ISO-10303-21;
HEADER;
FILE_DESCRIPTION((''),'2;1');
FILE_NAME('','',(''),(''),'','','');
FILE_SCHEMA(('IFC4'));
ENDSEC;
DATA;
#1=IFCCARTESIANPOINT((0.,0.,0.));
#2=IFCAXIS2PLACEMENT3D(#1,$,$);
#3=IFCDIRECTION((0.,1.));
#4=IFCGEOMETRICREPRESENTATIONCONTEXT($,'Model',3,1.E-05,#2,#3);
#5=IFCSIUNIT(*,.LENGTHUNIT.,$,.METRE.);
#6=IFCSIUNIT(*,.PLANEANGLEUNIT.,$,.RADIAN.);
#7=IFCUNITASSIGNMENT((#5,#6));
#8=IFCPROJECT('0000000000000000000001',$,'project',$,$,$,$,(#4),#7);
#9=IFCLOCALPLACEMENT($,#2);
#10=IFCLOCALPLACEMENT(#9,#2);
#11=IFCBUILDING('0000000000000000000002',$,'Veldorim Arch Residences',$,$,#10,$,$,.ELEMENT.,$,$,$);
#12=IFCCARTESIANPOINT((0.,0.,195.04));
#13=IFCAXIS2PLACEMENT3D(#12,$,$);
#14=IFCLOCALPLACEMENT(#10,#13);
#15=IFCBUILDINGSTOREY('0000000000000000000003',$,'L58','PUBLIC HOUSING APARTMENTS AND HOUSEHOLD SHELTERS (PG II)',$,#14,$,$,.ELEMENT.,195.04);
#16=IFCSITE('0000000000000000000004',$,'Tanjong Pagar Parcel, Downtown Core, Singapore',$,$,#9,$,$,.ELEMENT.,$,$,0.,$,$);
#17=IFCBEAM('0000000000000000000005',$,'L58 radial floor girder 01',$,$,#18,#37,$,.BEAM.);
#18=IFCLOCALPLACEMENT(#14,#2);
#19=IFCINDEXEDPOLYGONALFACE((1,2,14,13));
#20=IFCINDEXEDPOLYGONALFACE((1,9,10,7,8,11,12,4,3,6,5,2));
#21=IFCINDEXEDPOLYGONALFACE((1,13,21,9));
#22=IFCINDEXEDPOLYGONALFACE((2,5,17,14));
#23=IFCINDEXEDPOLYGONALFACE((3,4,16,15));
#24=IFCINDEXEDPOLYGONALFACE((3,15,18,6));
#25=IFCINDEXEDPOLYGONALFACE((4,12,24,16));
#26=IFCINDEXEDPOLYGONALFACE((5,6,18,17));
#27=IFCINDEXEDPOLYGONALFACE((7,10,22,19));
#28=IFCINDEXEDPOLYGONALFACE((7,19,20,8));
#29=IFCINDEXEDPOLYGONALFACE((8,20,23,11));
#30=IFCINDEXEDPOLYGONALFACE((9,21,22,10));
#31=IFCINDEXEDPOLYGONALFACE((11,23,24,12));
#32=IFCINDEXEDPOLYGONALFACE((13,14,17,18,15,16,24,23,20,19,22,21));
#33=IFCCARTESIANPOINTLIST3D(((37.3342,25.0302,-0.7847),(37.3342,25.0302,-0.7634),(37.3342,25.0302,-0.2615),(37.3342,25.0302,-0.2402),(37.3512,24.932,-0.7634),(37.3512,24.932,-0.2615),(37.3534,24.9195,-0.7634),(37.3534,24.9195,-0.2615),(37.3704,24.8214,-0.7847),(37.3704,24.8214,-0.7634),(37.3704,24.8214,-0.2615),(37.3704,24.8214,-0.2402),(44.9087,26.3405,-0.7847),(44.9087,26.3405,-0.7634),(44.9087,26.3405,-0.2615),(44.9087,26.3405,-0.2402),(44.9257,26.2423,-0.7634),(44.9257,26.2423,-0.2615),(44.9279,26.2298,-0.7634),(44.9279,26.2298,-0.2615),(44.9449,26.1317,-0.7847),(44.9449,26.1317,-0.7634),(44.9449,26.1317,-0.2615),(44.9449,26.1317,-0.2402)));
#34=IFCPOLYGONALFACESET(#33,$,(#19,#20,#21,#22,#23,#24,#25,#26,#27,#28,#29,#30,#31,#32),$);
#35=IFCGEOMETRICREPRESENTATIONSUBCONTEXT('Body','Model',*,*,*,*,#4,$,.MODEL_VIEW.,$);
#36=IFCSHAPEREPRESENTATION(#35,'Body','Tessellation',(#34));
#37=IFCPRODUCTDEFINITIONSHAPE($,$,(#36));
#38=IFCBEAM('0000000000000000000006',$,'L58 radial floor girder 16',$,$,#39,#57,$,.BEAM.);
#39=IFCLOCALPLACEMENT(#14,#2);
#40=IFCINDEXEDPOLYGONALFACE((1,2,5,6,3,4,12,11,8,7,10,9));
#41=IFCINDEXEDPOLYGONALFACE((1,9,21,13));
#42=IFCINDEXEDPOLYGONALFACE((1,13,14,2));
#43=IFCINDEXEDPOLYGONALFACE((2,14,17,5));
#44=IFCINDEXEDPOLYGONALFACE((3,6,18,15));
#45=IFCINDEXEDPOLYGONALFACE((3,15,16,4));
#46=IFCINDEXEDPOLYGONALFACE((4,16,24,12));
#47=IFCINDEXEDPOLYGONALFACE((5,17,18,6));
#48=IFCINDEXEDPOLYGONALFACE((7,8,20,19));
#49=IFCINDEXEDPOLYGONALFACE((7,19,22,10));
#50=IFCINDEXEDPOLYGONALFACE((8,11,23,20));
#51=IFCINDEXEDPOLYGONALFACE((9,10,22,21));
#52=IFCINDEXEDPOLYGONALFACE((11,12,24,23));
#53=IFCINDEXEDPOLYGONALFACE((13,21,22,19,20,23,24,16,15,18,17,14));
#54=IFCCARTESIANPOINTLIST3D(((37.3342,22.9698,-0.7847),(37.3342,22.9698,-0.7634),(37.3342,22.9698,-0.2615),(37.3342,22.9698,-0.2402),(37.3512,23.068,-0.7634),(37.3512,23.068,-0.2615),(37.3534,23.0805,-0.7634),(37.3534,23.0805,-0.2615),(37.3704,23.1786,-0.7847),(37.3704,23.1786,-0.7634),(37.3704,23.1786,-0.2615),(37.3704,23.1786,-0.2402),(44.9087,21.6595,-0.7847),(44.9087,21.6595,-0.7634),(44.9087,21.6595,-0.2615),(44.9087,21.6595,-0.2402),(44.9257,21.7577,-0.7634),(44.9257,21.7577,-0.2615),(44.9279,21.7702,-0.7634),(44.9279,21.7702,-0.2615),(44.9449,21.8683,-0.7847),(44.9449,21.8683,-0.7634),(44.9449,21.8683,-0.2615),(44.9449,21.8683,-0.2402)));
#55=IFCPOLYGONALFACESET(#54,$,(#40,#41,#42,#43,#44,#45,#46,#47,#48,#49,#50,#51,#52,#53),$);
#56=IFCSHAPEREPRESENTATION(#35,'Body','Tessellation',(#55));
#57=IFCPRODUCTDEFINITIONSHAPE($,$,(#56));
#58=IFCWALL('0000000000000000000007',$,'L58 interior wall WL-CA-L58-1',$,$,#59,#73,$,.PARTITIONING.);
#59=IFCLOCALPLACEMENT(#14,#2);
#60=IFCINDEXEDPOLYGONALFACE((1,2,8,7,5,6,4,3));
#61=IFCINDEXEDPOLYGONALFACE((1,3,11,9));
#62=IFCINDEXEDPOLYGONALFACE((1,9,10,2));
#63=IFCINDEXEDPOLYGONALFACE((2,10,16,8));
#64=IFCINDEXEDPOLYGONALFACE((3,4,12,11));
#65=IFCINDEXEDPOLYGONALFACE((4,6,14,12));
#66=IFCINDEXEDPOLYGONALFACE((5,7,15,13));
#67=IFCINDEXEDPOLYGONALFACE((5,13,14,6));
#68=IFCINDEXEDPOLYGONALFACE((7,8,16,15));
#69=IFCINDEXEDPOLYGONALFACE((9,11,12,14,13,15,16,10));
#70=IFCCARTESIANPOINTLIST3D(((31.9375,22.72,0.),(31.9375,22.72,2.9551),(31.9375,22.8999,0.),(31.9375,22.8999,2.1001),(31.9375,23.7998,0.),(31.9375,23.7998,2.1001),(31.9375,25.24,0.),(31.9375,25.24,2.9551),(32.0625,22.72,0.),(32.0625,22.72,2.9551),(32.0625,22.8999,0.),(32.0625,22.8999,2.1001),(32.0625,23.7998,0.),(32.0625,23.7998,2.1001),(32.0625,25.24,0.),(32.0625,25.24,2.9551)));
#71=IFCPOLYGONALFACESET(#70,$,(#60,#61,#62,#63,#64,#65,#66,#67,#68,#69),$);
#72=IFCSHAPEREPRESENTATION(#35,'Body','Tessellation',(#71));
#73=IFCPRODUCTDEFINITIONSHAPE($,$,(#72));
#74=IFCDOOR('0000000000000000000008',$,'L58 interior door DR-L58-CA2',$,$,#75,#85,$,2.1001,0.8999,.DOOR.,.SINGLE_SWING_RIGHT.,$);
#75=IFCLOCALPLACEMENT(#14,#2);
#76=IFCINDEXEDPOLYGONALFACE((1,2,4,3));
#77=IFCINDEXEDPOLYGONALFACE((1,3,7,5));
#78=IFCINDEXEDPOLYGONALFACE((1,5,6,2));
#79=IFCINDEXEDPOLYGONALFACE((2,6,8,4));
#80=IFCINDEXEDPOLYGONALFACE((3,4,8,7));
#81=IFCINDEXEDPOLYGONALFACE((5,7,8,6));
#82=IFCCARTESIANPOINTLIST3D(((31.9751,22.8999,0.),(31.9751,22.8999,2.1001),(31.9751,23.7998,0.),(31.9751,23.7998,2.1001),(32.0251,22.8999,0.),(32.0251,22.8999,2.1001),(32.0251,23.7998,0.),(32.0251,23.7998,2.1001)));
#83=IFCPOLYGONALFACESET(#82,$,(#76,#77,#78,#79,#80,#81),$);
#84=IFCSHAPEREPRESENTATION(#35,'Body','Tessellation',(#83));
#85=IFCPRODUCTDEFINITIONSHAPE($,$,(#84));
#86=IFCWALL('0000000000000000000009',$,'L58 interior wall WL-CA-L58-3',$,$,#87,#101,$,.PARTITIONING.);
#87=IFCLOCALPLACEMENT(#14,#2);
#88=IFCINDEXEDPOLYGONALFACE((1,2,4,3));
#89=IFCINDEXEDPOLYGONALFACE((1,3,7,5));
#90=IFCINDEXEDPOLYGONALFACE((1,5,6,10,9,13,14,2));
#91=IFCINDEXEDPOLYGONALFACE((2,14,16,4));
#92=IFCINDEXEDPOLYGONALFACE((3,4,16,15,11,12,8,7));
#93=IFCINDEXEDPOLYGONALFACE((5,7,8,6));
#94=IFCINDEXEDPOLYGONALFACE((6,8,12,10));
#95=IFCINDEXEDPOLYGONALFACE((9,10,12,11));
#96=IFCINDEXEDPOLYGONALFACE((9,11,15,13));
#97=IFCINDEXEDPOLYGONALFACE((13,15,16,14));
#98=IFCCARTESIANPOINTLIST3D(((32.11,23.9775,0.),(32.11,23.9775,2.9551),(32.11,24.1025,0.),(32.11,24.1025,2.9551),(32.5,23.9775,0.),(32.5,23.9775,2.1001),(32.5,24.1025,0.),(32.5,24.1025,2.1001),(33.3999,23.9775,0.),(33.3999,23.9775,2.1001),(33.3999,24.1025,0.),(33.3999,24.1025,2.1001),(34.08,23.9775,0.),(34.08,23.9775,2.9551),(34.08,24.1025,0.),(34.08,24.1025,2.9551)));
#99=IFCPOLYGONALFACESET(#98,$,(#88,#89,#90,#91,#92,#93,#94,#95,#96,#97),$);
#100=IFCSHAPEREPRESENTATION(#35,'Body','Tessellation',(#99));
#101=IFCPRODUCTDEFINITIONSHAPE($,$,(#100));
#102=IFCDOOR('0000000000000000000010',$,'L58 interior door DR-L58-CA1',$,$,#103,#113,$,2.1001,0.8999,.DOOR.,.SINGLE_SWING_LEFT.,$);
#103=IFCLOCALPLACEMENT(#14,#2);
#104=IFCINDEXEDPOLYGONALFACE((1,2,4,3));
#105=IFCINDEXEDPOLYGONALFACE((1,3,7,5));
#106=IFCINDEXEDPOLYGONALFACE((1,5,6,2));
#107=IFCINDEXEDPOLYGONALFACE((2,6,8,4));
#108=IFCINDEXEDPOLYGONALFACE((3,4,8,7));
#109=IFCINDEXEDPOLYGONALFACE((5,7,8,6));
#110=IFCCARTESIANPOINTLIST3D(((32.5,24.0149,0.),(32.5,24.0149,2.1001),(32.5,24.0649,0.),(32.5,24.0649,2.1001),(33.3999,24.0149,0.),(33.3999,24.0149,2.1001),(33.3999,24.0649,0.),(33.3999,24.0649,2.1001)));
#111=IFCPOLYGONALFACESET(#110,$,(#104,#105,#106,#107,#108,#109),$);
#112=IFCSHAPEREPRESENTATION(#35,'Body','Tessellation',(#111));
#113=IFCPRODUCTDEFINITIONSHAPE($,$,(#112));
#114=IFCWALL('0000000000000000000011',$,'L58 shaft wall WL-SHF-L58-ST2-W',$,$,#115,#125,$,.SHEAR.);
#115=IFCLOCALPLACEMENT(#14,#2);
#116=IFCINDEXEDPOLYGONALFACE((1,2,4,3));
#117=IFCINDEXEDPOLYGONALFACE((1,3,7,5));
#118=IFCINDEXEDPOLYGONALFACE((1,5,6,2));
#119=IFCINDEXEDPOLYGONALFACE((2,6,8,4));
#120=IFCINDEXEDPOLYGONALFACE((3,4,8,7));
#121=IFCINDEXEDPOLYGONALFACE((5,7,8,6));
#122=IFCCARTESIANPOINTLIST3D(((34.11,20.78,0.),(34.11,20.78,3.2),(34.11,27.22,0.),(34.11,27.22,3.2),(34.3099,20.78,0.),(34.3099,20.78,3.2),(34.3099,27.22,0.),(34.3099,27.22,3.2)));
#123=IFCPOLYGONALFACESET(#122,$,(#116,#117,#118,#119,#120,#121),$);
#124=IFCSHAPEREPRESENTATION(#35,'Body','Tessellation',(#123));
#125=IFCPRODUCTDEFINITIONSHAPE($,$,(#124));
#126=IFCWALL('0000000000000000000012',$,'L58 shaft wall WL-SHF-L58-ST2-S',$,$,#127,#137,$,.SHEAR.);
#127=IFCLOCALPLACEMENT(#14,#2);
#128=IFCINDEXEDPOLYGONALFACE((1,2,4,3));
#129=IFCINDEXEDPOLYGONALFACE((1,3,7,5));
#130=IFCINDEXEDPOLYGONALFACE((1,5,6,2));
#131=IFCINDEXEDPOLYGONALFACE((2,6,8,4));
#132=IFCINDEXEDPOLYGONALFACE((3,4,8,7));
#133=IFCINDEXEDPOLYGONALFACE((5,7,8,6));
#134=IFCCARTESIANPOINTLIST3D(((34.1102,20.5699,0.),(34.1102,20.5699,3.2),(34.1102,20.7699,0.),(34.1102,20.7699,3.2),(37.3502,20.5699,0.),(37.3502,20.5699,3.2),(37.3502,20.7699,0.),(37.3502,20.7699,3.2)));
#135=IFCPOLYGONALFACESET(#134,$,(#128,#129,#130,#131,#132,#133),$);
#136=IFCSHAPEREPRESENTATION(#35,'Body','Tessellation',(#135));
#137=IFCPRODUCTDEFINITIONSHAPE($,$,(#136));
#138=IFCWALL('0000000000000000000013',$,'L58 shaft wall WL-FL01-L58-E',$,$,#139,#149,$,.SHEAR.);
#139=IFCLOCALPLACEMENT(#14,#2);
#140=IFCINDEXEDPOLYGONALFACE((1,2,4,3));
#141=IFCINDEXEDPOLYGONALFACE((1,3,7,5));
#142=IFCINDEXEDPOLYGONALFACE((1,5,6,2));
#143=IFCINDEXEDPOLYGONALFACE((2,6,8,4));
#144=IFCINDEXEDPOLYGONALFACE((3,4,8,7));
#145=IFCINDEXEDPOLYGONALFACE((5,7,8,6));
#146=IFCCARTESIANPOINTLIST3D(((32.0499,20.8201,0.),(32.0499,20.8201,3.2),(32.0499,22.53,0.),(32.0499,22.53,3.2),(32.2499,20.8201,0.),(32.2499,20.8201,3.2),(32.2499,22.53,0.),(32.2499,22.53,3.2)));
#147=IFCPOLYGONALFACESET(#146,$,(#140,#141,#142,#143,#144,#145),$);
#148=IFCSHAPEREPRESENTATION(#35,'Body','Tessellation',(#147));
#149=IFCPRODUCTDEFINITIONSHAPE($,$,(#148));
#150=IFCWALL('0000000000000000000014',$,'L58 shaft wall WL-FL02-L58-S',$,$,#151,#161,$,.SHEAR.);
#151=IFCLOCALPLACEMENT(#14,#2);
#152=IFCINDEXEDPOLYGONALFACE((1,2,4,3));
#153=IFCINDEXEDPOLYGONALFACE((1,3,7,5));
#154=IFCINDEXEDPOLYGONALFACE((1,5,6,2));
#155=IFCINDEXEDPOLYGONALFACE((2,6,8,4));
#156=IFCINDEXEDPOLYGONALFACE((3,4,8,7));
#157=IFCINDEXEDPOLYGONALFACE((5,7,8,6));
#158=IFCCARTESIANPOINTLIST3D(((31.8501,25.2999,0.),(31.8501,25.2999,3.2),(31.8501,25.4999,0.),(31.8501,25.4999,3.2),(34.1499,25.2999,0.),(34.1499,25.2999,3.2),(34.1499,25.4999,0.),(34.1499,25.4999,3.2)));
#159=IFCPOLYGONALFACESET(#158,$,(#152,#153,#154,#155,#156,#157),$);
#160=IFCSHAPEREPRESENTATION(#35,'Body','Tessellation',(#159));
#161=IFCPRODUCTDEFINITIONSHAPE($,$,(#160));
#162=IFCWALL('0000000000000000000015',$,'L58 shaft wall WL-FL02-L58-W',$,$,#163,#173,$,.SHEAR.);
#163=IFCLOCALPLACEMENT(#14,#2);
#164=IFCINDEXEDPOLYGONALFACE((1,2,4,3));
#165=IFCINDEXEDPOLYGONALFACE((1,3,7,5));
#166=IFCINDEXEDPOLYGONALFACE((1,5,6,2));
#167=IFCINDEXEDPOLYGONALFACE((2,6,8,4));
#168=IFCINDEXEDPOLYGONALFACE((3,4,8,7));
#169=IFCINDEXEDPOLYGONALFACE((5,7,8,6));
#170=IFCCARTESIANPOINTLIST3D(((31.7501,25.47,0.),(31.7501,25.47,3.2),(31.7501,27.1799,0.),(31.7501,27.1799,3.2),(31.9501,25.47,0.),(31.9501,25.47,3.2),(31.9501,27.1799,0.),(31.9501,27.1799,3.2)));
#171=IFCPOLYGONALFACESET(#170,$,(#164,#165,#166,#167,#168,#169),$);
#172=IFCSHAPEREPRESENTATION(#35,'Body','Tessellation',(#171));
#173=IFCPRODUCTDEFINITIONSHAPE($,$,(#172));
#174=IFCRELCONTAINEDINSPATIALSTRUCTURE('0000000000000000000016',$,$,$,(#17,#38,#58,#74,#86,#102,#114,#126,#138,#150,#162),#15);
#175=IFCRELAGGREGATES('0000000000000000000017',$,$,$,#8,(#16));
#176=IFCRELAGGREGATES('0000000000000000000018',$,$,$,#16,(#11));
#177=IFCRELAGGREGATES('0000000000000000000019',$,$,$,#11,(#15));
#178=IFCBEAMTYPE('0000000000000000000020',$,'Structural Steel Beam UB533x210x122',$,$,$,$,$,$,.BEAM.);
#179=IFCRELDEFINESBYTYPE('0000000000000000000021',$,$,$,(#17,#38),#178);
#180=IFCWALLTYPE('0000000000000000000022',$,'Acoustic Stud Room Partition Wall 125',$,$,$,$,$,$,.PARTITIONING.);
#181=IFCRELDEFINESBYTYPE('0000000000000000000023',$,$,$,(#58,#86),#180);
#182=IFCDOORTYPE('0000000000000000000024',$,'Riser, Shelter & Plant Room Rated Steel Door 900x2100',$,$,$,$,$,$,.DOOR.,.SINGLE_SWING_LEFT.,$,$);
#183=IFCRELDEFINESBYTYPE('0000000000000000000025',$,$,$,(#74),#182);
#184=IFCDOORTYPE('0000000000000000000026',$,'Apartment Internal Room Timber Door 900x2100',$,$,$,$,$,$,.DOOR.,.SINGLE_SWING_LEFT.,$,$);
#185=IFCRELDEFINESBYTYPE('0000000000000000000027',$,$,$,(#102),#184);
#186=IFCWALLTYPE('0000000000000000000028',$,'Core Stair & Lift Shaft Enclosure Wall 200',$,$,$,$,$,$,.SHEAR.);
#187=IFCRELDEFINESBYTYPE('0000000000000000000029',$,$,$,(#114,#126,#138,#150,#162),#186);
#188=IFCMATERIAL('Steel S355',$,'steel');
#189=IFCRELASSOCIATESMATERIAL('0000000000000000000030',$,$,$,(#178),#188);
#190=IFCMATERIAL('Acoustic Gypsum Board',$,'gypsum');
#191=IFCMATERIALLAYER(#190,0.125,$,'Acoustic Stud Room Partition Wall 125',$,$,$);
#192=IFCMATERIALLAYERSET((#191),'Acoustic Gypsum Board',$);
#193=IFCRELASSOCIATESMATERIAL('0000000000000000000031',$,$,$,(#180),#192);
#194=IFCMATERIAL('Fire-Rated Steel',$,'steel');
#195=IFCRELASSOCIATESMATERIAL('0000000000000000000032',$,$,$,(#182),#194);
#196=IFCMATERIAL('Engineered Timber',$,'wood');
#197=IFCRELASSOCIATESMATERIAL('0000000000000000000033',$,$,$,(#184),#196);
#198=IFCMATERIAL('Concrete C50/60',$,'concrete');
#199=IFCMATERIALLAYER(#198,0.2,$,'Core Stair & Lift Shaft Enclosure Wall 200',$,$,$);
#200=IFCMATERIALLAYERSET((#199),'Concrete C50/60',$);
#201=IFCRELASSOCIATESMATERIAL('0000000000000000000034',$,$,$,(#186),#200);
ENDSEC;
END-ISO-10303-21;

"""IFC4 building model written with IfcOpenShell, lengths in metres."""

from ifc_helpers import new_model, si_unit, direction, frame, frame_2d, origin, origin_2d, place, context, subcontext, project, spatial, rectangle, i_section, extrude, material, layer, layer_set, material_profile, profile_set, type_object, element, fill, save


model = new_model("IFC4")

# Units and contexts
model_context = context("Model", 3, precision=1e-05, world=origin(), true_north=direction((0.0, 1.0)))
body_context = subcontext(model_context, "Body", "Model", "MODEL_VIEW")
ifc_project = project(units=[si_unit("LENGTHUNIT", "METRE"), si_unit("PLANEANGLEUNIT", "RADIAN")], contexts=[model_context])

# Site, building, storey
site_placement = place(None, origin())
site = spatial("IfcSite", under=ifc_project, at=site_placement, Name="Tanjong Pagar Parcel, Downtown Core, Singapore", CompositionType="ELEMENT", RefElevation=0.0)
building_placement = place(site_placement, origin())
building = spatial("IfcBuilding", under=site, at=building_placement, Name="Veldorim Arch Residences", CompositionType="ELEMENT")
storey_placement = place(building_placement, frame((0.0, 0.0, 195.04)))
storey = spatial("IfcBuildingStorey", under=building, at=storey_placement, Name="L58", Description="PUBLIC HOUSING APARTMENTS AND HOUSEHOLD SHELTERS (PG II)", CompositionType="ELEMENT", Elevation=195.04)

# Beams
ifc_material_1 = material(Name="Steel S355", Category="steel")
ifc_material_profile = material_profile(ifc_material_1, i_section(OverallWidth=0.2119, OverallDepth=0.5444, WebThickness=0.0127, FlangeThickness=0.0212, at=origin_2d()), Name="UB533x210x122")
ifc_profile_set = profile_set([ifc_material_profile], Name="Steel S355")
beam_type = type_object("IfcBeamType", Name="Structural Steel Beam UB533x210x122", PredefinedType="BEAM", material=ifc_profile_set)
for number, where, z_axis, x_axis, name in (
    (1, (37.3523, 24.9258, -0.5125), (0.985365, 0.170458, 0.0), (-0.170458, 0.985365, 0.0), "L58 radial floor girder 01"),
    (2, (37.3523, 23.0742, -0.5125), (0.985365, -0.170458, 0.0), (0.170458, 0.985365, 0.0), "L58 radial floor girder 16"),
):
    element("IfcBeam", number, at=place(storey_placement, frame(where, z_axis=z_axis, x_axis=x_axis)), inside=storey, type_object=beam_type, Name=name, PredefinedType="BEAM", context=body_context, shape_type="SweptSolid", body=[
        extrude(i_section(OverallWidth=0.2119, OverallDepth=0.5444, WebThickness=0.0127, FlangeThickness=0.0212, at=origin_2d()), origin(), (0.0, 0.0, 1.0), 7.687),
    ])

# Walls, openings, doors
ifc_material_2 = material(Name="Acoustic Gypsum Board", Category="gypsum")
ifc_layer_1 = layer(ifc_material_2, 0.125, Name="Acoustic Stud Room Partition Wall 125")
ifc_layer_set_1 = layer_set([ifc_layer_1], Name="Acoustic Gypsum Board")
wall_type_1 = type_object("IfcWallType", Name="Acoustic Stud Room Partition Wall 125", PredefinedType="PARTITIONING", material=ifc_layer_set_1)
wall_1_placement = place(storey_placement, frame((32.0, 22.72, 0.0), z_axis=(0.0, 0.0, 1.0), x_axis=(0.0, 1.0, 0.0)))
wall_1 = element("IfcWall", 3, at=wall_1_placement, inside=storey, type_object=wall_type_1, Name="L58 interior wall WL-CA-L58-1", PredefinedType="PARTITIONING", context=body_context, shape_type="SweptSolid", body=[
    extrude(rectangle(XDim=2.52, YDim=0.125, at=frame_2d((1.26, 0.0))), origin(), (0.0, 0.0, 1.0), 2.9551),
])
opening_1_placement = place(wall_1_placement, frame((0.1799, 0.0, 0.0)))
opening_1 = element("IfcOpeningElement", 4, at=opening_1_placement, cuts=wall_1, PredefinedType="OPENING", context=body_context, shape_type="SweptSolid", body=[
    extrude(rectangle(XDim=0.8999, YDim=2.1001, at=frame_2d((0.45, 1.05))), frame((0.0, 0.0725, 0.0), z_axis=(0.0, -1.0, 0.0), x_axis=(1.0, 0.0, 0.0)), (0.0, 0.0, 1.0), 0.145),
])
ifc_material_3 = material(Name="Fire-Rated Steel", Category="steel")
door_type_1 = type_object("IfcDoorType", Name="Riser, Shelter & Plant Room Rated Steel Door 900x2100", OperationType="SINGLE_SWING_LEFT", PredefinedType="DOOR", material=ifc_material_3)
door_1_placement = place(opening_1_placement, origin())
door_1 = element("IfcDoor", 5, at=door_1_placement, inside=storey, type_object=door_type_1, Name="L58 interior door DR-L58-CA2", OperationType="SINGLE_SWING_RIGHT", OverallHeight=2.1001, OverallWidth=0.8999, PredefinedType="DOOR", context=body_context, shape_type="SweptSolid", body=[
    extrude(rectangle(XDim=0.8999, YDim=2.1001, at=frame_2d((0.45, 1.05))), frame((0.0, 0.0249, 0.0), z_axis=(0.0, -1.0, 0.0), x_axis=(1.0, 0.0, 0.0)), (0.0, 0.0, 1.0), 0.05),
])
fill(opening_1, door_1)
wall_2_placement = place(storey_placement, frame((32.1101, 24.04, 0.0), z_axis=(0.0, 0.0, 1.0), x_axis=(1.0, 0.0, 0.0)))
wall_2 = element("IfcWall", 6, at=wall_2_placement, inside=storey, type_object=wall_type_1, Name="L58 interior wall WL-CA-L58-3", PredefinedType="PARTITIONING", context=body_context, shape_type="SweptSolid", body=[
    extrude(rectangle(XDim=1.97, YDim=0.125, at=frame_2d((0.9849, 0.0))), origin(), (0.0, 0.0, 1.0), 2.9551),
])
opening_2_placement = place(wall_2_placement, frame((0.3899, 0.0, 0.0)))
opening_2 = element("IfcOpeningElement", 7, at=opening_2_placement, cuts=wall_2, PredefinedType="OPENING", context=body_context, shape_type="SweptSolid", body=[
    extrude(rectangle(XDim=0.8999, YDim=2.1001, at=frame_2d((0.45, 1.05))), frame((0.0, 0.0725, 0.0), z_axis=(0.0, -1.0, 0.0), x_axis=(1.0, 0.0, 0.0)), (0.0, 0.0, 1.0), 0.145),
])
ifc_material_4 = material(Name="Engineered Timber", Category="wood")
door_type_2 = type_object("IfcDoorType", Name="Apartment Internal Room Timber Door 900x2100", OperationType="SINGLE_SWING_LEFT", PredefinedType="DOOR", material=ifc_material_4)
door_2_placement = place(opening_2_placement, origin())
door_2 = element("IfcDoor", 8, at=door_2_placement, inside=storey, type_object=door_type_2, Name="L58 interior door DR-L58-CA1", OperationType="SINGLE_SWING_LEFT", OverallHeight=2.1001, OverallWidth=0.8999, PredefinedType="DOOR", context=body_context, shape_type="SweptSolid", body=[
    extrude(rectangle(XDim=0.8999, YDim=2.1001, at=frame_2d((0.45, 1.05))), frame((0.0, 0.0249, 0.0), z_axis=(0.0, -1.0, 0.0), x_axis=(1.0, 0.0, 0.0)), (0.0, 0.0, 1.0), 0.05),
])
fill(opening_2, door_2)

# Walls
ifc_material_5 = material(Name="Concrete C50/60", Category="concrete")
ifc_layer_2 = layer(ifc_material_5, 0.2, Name="Core Stair & Lift Shaft Enclosure Wall 200")
ifc_layer_set_2 = layer_set([ifc_layer_2], Name="Concrete C50/60")
wall_type_2 = type_object("IfcWallType", Name="Core Stair & Lift Shaft Enclosure Wall 200", PredefinedType="SHEAR", material=ifc_layer_set_2)
wall_3_placement = place(storey_placement, frame((34.21, 20.78, 0.0), z_axis=(0.0, 0.0, 1.0), x_axis=(0.0, 1.0, 0.0)))
element("IfcWall", 9, at=wall_3_placement, inside=storey, type_object=wall_type_2, Name="L58 shaft wall WL-SHF-L58-ST2-W", PredefinedType="SHEAR", context=body_context, shape_type="SweptSolid", body=[
    extrude(rectangle(XDim=6.4399, YDim=0.2, at=frame_2d((3.22, 0.0))), origin(), (0.0, 0.0, 1.0), 3.2),
])
wall_4_placement = place(storey_placement, frame((34.1101, 20.6699, 0.0), z_axis=(0.0, 0.0, 1.0), x_axis=(1.0, 0.0, 0.0)))
element("IfcWall", 10, at=wall_4_placement, inside=storey, type_object=wall_type_2, Name="L58 shaft wall WL-SHF-L58-ST2-S", PredefinedType="SHEAR", context=body_context, shape_type="SweptSolid", body=[
    extrude(rectangle(XDim=3.24, YDim=0.2, at=frame_2d((1.6201, 0.0))), origin(), (0.0, 0.0, 1.0), 3.2),
])
wall_5_placement = place(storey_placement, frame((32.1499, 20.8201, 0.0), z_axis=(0.0, 0.0, 1.0), x_axis=(0.0, 1.0, 0.0)))
element("IfcWall", 11, at=wall_5_placement, inside=storey, type_object=wall_type_2, Name="L58 shaft wall WL-FL01-L58-E", PredefinedType="SHEAR", context=body_context, shape_type="SweptSolid", body=[
    extrude(rectangle(XDim=1.71, YDim=0.2, at=frame_2d((0.855, 0.0))), origin(), (0.0, 0.0, 1.0), 3.2),
])
wall_6_placement = place(storey_placement, frame((31.8501, 25.3999, 0.0), z_axis=(0.0, 0.0, 1.0), x_axis=(1.0, 0.0, 0.0)))
element("IfcWall", 12, at=wall_6_placement, inside=storey, type_object=wall_type_2, Name="L58 shaft wall WL-FL02-L58-S", PredefinedType="SHEAR", context=body_context, shape_type="SweptSolid", body=[
    extrude(rectangle(XDim=2.2998, YDim=0.2, at=frame_2d((1.1499, 0.0))), origin(), (0.0, 0.0, 1.0), 3.2),
])
wall_7_placement = place(storey_placement, frame((31.8501, 25.47, 0.0), z_axis=(0.0, 0.0, 1.0), x_axis=(0.0, 1.0, 0.0)))
element("IfcWall", 13, at=wall_7_placement, inside=storey, type_object=wall_type_2, Name="L58 shaft wall WL-FL02-L58-W", PredefinedType="SHEAR", context=body_context, shape_type="SweptSolid", body=[
    extrude(rectangle(XDim=1.71, YDim=0.2, at=frame_2d((0.855, 0.0))), origin(), (0.0, 0.0, 1.0), 3.2),
])

save(model, "model.ifc")
